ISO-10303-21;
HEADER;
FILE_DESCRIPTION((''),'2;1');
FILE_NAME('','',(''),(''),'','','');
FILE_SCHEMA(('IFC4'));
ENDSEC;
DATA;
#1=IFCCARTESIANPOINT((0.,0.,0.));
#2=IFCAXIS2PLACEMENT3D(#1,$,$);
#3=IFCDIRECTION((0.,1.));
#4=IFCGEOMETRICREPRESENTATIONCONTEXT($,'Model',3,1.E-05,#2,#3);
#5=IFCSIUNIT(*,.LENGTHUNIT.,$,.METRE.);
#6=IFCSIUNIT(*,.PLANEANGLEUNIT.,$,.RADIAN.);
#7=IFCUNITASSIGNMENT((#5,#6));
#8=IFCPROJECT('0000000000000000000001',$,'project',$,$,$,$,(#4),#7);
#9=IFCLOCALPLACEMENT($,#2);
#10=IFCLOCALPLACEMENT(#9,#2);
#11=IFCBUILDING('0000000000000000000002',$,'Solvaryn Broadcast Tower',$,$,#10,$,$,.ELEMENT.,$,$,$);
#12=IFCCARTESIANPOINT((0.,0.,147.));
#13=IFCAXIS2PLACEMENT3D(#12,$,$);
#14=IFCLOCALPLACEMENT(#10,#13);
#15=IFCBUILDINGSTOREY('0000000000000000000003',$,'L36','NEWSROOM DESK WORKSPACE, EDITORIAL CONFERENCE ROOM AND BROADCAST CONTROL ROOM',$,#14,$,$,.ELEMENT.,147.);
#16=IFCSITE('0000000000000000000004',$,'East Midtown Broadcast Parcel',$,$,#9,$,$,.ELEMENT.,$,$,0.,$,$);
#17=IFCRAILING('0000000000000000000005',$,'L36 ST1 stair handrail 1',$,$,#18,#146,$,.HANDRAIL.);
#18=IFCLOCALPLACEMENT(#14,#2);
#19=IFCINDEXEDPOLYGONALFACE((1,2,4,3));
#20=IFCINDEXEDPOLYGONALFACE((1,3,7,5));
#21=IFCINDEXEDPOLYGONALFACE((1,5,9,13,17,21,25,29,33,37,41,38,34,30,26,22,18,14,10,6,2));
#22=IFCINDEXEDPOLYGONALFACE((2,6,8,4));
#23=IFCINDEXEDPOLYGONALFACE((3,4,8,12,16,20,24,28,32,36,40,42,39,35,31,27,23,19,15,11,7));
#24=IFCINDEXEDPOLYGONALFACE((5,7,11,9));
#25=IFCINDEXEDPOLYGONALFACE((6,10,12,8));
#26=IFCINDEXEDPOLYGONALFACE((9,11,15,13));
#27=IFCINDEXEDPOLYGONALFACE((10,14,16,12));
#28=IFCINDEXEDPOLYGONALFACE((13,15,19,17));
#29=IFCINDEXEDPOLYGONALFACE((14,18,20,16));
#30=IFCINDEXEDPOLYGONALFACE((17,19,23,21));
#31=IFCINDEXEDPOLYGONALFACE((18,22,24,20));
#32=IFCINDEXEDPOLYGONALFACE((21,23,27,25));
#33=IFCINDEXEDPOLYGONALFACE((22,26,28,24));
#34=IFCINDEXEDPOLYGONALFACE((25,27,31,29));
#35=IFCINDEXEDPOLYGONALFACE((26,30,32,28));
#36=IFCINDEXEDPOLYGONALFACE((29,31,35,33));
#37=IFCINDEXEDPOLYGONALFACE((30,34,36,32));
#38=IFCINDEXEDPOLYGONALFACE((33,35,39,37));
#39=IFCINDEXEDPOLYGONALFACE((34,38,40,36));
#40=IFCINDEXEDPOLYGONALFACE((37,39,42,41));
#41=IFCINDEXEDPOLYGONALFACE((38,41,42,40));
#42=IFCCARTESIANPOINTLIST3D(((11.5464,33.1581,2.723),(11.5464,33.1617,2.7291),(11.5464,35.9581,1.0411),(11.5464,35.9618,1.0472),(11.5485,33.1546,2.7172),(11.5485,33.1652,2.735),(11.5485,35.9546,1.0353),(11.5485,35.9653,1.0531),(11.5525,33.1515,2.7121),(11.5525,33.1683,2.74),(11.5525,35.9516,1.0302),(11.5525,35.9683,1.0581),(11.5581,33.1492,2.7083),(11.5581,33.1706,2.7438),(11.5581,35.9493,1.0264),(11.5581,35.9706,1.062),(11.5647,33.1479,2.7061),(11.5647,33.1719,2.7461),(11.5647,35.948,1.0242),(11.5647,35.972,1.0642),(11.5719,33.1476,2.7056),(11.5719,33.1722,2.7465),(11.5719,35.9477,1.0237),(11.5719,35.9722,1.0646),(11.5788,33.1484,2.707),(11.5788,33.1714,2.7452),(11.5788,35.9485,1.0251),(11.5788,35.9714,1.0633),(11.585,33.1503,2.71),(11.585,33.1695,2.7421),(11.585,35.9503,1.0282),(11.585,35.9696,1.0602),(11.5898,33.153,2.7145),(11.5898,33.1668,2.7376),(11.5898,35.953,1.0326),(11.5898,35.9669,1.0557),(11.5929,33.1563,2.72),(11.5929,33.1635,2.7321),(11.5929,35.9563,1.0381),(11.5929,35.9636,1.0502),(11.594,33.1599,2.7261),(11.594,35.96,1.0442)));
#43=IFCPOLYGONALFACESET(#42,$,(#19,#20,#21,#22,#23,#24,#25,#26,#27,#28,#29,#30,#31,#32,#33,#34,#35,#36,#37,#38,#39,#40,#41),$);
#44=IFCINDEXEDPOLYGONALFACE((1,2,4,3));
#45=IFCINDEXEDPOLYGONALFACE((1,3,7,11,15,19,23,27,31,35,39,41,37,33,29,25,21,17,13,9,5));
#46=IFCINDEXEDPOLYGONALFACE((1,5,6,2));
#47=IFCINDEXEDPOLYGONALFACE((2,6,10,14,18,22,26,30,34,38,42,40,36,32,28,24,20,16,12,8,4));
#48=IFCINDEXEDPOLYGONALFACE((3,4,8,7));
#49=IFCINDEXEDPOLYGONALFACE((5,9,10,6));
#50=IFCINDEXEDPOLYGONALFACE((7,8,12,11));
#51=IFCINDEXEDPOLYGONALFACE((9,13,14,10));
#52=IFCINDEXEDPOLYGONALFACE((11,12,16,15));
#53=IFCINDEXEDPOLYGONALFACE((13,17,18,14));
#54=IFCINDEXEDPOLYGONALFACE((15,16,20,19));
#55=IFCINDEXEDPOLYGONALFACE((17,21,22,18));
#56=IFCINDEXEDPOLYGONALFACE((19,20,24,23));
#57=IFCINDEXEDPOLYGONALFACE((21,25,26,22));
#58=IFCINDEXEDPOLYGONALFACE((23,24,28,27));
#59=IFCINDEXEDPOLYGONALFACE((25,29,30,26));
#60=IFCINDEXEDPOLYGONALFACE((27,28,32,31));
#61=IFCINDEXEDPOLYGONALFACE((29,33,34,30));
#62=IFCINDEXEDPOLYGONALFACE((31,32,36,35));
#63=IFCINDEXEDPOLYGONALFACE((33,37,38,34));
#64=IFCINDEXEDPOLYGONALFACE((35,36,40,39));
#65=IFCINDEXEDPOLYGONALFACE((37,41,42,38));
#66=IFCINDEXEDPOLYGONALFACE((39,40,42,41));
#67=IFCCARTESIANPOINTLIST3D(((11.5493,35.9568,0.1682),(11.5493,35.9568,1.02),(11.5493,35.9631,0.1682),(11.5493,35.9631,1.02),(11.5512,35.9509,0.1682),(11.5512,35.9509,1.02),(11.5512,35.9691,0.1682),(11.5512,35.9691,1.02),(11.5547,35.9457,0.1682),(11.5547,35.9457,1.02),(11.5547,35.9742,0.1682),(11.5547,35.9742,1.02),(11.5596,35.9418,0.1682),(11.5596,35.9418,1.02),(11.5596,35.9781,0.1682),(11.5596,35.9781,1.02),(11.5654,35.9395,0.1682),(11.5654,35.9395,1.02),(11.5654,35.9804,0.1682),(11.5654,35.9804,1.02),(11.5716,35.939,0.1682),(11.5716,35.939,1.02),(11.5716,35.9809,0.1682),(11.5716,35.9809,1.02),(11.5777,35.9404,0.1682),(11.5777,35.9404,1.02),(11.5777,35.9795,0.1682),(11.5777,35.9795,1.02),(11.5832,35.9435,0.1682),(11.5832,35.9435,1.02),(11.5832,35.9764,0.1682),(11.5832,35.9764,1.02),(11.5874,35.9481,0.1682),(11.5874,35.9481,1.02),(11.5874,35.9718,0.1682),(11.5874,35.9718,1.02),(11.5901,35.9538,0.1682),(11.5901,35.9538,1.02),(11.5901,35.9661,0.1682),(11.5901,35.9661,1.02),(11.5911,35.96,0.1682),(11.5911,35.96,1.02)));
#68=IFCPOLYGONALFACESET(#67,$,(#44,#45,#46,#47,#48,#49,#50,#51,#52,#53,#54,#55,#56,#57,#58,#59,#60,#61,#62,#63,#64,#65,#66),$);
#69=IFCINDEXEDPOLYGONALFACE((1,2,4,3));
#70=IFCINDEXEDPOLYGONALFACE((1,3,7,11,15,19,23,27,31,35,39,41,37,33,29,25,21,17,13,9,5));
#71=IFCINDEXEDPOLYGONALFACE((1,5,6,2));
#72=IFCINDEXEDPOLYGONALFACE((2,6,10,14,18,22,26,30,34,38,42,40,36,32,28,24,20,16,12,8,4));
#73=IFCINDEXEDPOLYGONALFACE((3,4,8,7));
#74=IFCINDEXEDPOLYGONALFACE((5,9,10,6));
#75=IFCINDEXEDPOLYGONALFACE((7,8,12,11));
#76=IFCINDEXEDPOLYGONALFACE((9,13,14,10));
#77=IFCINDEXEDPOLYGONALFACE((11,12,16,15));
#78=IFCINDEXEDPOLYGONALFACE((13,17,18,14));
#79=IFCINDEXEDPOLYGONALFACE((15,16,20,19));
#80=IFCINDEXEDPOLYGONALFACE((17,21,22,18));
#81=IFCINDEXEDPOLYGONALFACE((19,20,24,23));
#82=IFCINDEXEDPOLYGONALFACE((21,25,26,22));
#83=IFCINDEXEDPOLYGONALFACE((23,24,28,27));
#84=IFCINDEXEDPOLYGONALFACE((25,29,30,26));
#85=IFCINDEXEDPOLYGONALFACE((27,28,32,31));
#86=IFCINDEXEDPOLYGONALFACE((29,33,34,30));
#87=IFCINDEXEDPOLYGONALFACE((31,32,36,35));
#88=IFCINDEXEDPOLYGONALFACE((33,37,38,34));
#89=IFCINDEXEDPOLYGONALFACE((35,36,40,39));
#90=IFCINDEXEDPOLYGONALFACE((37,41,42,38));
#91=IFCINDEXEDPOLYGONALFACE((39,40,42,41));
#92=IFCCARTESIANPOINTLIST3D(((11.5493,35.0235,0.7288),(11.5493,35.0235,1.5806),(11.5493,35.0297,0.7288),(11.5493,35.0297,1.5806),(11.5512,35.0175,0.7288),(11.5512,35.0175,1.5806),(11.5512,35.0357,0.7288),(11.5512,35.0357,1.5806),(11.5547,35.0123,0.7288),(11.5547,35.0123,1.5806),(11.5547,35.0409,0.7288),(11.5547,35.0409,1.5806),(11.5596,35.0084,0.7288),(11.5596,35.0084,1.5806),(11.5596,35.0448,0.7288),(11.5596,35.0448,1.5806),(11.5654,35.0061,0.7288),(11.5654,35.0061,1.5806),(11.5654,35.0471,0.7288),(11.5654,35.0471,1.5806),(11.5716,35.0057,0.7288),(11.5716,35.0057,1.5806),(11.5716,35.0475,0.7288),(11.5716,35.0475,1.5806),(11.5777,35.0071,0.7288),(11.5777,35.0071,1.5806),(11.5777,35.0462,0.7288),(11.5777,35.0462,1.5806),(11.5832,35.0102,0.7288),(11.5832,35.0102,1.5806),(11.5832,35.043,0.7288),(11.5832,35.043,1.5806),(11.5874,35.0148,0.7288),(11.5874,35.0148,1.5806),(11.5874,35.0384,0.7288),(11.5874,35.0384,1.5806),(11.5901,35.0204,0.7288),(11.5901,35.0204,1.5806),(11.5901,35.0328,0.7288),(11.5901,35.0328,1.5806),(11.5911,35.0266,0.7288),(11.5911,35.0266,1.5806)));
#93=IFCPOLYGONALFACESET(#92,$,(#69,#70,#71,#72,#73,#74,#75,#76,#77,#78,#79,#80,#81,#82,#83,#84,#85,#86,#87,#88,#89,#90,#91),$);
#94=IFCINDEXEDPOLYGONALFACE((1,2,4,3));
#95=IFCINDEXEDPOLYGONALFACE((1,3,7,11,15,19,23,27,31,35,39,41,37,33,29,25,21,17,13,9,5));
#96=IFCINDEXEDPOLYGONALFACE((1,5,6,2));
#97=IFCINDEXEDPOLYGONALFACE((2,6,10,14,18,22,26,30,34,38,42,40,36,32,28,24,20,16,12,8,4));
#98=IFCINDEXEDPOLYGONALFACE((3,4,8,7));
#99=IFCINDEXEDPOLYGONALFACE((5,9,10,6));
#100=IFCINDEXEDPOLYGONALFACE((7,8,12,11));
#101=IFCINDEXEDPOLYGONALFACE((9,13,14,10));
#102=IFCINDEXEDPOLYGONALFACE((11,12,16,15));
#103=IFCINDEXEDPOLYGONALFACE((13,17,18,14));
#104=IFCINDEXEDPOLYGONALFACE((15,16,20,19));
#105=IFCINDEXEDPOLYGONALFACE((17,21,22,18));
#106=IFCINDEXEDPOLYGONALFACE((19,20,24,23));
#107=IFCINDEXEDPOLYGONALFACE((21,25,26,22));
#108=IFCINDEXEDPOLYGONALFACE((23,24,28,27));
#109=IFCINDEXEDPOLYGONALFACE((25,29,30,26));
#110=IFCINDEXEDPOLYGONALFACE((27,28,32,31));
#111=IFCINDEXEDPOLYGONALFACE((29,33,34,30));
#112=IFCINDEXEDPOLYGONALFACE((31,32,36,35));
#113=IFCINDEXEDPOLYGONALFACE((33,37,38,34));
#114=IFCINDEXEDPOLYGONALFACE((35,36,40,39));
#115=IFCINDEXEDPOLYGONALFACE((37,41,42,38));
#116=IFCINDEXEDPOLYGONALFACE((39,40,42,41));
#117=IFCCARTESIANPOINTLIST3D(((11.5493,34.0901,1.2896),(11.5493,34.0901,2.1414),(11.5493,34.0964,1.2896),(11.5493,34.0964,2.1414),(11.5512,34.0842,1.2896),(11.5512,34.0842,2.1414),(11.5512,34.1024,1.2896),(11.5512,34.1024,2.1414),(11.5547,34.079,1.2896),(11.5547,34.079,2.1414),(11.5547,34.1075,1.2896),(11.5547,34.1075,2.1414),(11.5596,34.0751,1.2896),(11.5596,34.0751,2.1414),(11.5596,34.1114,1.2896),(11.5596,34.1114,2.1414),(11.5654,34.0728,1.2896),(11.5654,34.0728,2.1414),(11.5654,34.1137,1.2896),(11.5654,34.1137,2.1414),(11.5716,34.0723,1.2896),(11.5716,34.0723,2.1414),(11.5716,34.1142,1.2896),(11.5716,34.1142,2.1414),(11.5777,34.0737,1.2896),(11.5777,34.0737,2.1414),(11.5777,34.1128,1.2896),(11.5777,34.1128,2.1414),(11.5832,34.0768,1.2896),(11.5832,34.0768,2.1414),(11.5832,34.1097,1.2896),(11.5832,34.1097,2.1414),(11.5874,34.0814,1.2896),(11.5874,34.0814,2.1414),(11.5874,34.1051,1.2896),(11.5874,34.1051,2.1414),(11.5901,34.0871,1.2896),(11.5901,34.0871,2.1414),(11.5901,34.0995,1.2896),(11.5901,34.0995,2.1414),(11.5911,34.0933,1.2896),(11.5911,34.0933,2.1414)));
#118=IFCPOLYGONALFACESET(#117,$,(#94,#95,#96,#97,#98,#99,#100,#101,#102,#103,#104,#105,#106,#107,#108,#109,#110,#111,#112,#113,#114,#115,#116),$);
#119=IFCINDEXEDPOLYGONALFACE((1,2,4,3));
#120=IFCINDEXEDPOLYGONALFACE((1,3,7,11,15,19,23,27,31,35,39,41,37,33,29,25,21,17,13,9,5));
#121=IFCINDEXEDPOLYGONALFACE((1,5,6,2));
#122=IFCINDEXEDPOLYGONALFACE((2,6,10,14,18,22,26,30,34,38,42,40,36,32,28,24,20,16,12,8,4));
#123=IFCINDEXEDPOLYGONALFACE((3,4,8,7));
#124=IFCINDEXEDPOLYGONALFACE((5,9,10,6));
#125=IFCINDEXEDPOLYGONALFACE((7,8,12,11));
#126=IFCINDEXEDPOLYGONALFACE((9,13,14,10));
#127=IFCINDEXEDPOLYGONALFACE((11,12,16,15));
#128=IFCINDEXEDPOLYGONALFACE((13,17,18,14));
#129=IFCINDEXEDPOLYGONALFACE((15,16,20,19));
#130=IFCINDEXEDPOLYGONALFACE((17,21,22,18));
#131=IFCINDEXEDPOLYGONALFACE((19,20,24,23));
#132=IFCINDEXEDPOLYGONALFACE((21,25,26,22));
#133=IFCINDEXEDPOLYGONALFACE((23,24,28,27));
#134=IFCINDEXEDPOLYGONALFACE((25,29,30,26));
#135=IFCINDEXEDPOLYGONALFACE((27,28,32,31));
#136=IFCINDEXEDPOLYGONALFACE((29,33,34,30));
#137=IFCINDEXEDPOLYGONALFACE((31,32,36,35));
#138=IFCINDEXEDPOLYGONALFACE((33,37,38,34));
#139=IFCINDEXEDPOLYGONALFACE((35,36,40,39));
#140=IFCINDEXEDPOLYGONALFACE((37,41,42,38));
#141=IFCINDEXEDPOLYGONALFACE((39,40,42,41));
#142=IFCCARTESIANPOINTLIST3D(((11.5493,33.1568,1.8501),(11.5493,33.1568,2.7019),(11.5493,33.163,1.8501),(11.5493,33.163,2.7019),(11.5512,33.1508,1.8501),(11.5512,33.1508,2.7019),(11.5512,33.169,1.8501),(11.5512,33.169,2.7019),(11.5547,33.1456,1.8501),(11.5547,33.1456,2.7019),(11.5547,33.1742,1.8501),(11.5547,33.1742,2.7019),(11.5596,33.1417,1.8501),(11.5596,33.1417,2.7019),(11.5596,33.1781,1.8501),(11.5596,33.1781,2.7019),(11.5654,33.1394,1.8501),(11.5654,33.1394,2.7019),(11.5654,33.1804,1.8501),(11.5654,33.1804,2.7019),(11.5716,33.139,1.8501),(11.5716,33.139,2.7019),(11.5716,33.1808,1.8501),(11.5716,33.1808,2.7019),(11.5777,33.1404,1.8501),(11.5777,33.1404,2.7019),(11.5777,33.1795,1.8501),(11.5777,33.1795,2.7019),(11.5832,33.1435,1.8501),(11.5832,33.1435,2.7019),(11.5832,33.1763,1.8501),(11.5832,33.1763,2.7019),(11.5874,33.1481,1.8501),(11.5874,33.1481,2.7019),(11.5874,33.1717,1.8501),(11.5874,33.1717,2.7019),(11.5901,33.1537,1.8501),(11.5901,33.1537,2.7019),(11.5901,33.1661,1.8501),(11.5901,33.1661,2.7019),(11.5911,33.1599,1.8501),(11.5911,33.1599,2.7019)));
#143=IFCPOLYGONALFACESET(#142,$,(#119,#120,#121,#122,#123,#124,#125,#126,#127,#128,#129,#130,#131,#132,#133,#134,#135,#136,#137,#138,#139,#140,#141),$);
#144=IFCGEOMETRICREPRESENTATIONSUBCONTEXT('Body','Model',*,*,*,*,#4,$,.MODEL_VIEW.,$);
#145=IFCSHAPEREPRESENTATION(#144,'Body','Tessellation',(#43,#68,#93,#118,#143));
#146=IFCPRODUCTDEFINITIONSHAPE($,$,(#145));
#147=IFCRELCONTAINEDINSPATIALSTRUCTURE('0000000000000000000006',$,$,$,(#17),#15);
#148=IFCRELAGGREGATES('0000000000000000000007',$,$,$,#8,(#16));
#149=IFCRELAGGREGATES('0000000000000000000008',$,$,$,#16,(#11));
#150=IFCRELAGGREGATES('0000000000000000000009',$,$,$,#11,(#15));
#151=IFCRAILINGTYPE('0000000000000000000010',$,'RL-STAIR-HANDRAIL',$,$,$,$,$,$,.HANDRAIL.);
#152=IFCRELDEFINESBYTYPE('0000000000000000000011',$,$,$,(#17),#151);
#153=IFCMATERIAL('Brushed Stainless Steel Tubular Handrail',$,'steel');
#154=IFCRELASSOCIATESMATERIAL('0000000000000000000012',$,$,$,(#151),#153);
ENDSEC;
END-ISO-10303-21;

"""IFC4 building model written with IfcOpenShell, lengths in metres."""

from ifc_helpers import new_model, si_unit, direction, frame, origin, origin_2d, place, context, subcontext, project, spatial, circle, extrude, material, type_object, element, save


model = new_model("IFC4")

# Units and contexts
model_context = context("Model", 3, precision=1e-05, world=origin(), true_north=direction((0.0, 1.0)))
body_context = subcontext(model_context, "Body", "Model", "MODEL_VIEW")
ifc_project = project(units=[si_unit("LENGTHUNIT", "METRE"), si_unit("PLANEANGLEUNIT", "RADIAN")], contexts=[model_context])

# Site, building, storey
site_placement = place(None, origin())
site = spatial("IfcSite", under=ifc_project, at=site_placement, Name="East Midtown Broadcast Parcel", CompositionType="ELEMENT", RefElevation=0.0)
building_placement = place(site_placement, origin())
building = spatial("IfcBuilding", under=site, at=building_placement, Name="Solvaryn Broadcast Tower", CompositionType="ELEMENT")
storey_placement = place(building_placement, frame((0.0, 0.0, 147.0)))
storey = spatial("IfcBuildingStorey", under=building, at=storey_placement, Name="L36", Description="NEWSROOM DESK WORKSPACE, EDITORIAL CONFERENCE ROOM AND BROADCAST CONTROL ROOM", CompositionType="ELEMENT", Elevation=147.0)

# Railing
ifc_material_1 = material(Name="Brushed Stainless Steel Tubular Handrail", Category="steel")
railing_type_1 = type_object("IfcRailingType", Name="RL-STAIR-HANDRAIL", PredefinedType="HANDRAIL", material=ifc_material_1)
railing_1_placement = place(storey_placement, frame((11.5701, 35.96, 0.1682)))
element("IfcRailing", 1, at=railing_1_placement, inside=storey, type_object=railing_type_1, Name="L36 ST1 stair handrail 1", PredefinedType="HANDRAIL", context=body_context, shape_type="SweptSolid", body=[
    extrude(circle(Radius=0.0239, at=origin_2d()), frame((0.0, 0.0, 0.876), z_axis=(0.0, -0.857242, 0.514913), x_axis=(1.0, 0.0, 0.0)), (0.0, 0.0, 1.0), 3.2664),
    extrude(circle(Radius=0.021, at=origin_2d()), origin(), (0.0, 0.0, 1.0), 0.8518),
    extrude(circle(Radius=0.021, at=origin_2d()), frame((0.0, -0.9333, 0.5605)), (0.0, 0.0, 1.0), 0.8518),
    extrude(circle(Radius=0.021, at=origin_2d()), frame((0.0, -1.8667, 1.1213)), (0.0, 0.0, 1.0), 0.8518),
    extrude(circle(Radius=0.021, at=origin_2d()), frame((0.0, -2.8, 1.6819)), (0.0, 0.0, 1.0), 0.8518),
])

save(model, "model.ifc")
